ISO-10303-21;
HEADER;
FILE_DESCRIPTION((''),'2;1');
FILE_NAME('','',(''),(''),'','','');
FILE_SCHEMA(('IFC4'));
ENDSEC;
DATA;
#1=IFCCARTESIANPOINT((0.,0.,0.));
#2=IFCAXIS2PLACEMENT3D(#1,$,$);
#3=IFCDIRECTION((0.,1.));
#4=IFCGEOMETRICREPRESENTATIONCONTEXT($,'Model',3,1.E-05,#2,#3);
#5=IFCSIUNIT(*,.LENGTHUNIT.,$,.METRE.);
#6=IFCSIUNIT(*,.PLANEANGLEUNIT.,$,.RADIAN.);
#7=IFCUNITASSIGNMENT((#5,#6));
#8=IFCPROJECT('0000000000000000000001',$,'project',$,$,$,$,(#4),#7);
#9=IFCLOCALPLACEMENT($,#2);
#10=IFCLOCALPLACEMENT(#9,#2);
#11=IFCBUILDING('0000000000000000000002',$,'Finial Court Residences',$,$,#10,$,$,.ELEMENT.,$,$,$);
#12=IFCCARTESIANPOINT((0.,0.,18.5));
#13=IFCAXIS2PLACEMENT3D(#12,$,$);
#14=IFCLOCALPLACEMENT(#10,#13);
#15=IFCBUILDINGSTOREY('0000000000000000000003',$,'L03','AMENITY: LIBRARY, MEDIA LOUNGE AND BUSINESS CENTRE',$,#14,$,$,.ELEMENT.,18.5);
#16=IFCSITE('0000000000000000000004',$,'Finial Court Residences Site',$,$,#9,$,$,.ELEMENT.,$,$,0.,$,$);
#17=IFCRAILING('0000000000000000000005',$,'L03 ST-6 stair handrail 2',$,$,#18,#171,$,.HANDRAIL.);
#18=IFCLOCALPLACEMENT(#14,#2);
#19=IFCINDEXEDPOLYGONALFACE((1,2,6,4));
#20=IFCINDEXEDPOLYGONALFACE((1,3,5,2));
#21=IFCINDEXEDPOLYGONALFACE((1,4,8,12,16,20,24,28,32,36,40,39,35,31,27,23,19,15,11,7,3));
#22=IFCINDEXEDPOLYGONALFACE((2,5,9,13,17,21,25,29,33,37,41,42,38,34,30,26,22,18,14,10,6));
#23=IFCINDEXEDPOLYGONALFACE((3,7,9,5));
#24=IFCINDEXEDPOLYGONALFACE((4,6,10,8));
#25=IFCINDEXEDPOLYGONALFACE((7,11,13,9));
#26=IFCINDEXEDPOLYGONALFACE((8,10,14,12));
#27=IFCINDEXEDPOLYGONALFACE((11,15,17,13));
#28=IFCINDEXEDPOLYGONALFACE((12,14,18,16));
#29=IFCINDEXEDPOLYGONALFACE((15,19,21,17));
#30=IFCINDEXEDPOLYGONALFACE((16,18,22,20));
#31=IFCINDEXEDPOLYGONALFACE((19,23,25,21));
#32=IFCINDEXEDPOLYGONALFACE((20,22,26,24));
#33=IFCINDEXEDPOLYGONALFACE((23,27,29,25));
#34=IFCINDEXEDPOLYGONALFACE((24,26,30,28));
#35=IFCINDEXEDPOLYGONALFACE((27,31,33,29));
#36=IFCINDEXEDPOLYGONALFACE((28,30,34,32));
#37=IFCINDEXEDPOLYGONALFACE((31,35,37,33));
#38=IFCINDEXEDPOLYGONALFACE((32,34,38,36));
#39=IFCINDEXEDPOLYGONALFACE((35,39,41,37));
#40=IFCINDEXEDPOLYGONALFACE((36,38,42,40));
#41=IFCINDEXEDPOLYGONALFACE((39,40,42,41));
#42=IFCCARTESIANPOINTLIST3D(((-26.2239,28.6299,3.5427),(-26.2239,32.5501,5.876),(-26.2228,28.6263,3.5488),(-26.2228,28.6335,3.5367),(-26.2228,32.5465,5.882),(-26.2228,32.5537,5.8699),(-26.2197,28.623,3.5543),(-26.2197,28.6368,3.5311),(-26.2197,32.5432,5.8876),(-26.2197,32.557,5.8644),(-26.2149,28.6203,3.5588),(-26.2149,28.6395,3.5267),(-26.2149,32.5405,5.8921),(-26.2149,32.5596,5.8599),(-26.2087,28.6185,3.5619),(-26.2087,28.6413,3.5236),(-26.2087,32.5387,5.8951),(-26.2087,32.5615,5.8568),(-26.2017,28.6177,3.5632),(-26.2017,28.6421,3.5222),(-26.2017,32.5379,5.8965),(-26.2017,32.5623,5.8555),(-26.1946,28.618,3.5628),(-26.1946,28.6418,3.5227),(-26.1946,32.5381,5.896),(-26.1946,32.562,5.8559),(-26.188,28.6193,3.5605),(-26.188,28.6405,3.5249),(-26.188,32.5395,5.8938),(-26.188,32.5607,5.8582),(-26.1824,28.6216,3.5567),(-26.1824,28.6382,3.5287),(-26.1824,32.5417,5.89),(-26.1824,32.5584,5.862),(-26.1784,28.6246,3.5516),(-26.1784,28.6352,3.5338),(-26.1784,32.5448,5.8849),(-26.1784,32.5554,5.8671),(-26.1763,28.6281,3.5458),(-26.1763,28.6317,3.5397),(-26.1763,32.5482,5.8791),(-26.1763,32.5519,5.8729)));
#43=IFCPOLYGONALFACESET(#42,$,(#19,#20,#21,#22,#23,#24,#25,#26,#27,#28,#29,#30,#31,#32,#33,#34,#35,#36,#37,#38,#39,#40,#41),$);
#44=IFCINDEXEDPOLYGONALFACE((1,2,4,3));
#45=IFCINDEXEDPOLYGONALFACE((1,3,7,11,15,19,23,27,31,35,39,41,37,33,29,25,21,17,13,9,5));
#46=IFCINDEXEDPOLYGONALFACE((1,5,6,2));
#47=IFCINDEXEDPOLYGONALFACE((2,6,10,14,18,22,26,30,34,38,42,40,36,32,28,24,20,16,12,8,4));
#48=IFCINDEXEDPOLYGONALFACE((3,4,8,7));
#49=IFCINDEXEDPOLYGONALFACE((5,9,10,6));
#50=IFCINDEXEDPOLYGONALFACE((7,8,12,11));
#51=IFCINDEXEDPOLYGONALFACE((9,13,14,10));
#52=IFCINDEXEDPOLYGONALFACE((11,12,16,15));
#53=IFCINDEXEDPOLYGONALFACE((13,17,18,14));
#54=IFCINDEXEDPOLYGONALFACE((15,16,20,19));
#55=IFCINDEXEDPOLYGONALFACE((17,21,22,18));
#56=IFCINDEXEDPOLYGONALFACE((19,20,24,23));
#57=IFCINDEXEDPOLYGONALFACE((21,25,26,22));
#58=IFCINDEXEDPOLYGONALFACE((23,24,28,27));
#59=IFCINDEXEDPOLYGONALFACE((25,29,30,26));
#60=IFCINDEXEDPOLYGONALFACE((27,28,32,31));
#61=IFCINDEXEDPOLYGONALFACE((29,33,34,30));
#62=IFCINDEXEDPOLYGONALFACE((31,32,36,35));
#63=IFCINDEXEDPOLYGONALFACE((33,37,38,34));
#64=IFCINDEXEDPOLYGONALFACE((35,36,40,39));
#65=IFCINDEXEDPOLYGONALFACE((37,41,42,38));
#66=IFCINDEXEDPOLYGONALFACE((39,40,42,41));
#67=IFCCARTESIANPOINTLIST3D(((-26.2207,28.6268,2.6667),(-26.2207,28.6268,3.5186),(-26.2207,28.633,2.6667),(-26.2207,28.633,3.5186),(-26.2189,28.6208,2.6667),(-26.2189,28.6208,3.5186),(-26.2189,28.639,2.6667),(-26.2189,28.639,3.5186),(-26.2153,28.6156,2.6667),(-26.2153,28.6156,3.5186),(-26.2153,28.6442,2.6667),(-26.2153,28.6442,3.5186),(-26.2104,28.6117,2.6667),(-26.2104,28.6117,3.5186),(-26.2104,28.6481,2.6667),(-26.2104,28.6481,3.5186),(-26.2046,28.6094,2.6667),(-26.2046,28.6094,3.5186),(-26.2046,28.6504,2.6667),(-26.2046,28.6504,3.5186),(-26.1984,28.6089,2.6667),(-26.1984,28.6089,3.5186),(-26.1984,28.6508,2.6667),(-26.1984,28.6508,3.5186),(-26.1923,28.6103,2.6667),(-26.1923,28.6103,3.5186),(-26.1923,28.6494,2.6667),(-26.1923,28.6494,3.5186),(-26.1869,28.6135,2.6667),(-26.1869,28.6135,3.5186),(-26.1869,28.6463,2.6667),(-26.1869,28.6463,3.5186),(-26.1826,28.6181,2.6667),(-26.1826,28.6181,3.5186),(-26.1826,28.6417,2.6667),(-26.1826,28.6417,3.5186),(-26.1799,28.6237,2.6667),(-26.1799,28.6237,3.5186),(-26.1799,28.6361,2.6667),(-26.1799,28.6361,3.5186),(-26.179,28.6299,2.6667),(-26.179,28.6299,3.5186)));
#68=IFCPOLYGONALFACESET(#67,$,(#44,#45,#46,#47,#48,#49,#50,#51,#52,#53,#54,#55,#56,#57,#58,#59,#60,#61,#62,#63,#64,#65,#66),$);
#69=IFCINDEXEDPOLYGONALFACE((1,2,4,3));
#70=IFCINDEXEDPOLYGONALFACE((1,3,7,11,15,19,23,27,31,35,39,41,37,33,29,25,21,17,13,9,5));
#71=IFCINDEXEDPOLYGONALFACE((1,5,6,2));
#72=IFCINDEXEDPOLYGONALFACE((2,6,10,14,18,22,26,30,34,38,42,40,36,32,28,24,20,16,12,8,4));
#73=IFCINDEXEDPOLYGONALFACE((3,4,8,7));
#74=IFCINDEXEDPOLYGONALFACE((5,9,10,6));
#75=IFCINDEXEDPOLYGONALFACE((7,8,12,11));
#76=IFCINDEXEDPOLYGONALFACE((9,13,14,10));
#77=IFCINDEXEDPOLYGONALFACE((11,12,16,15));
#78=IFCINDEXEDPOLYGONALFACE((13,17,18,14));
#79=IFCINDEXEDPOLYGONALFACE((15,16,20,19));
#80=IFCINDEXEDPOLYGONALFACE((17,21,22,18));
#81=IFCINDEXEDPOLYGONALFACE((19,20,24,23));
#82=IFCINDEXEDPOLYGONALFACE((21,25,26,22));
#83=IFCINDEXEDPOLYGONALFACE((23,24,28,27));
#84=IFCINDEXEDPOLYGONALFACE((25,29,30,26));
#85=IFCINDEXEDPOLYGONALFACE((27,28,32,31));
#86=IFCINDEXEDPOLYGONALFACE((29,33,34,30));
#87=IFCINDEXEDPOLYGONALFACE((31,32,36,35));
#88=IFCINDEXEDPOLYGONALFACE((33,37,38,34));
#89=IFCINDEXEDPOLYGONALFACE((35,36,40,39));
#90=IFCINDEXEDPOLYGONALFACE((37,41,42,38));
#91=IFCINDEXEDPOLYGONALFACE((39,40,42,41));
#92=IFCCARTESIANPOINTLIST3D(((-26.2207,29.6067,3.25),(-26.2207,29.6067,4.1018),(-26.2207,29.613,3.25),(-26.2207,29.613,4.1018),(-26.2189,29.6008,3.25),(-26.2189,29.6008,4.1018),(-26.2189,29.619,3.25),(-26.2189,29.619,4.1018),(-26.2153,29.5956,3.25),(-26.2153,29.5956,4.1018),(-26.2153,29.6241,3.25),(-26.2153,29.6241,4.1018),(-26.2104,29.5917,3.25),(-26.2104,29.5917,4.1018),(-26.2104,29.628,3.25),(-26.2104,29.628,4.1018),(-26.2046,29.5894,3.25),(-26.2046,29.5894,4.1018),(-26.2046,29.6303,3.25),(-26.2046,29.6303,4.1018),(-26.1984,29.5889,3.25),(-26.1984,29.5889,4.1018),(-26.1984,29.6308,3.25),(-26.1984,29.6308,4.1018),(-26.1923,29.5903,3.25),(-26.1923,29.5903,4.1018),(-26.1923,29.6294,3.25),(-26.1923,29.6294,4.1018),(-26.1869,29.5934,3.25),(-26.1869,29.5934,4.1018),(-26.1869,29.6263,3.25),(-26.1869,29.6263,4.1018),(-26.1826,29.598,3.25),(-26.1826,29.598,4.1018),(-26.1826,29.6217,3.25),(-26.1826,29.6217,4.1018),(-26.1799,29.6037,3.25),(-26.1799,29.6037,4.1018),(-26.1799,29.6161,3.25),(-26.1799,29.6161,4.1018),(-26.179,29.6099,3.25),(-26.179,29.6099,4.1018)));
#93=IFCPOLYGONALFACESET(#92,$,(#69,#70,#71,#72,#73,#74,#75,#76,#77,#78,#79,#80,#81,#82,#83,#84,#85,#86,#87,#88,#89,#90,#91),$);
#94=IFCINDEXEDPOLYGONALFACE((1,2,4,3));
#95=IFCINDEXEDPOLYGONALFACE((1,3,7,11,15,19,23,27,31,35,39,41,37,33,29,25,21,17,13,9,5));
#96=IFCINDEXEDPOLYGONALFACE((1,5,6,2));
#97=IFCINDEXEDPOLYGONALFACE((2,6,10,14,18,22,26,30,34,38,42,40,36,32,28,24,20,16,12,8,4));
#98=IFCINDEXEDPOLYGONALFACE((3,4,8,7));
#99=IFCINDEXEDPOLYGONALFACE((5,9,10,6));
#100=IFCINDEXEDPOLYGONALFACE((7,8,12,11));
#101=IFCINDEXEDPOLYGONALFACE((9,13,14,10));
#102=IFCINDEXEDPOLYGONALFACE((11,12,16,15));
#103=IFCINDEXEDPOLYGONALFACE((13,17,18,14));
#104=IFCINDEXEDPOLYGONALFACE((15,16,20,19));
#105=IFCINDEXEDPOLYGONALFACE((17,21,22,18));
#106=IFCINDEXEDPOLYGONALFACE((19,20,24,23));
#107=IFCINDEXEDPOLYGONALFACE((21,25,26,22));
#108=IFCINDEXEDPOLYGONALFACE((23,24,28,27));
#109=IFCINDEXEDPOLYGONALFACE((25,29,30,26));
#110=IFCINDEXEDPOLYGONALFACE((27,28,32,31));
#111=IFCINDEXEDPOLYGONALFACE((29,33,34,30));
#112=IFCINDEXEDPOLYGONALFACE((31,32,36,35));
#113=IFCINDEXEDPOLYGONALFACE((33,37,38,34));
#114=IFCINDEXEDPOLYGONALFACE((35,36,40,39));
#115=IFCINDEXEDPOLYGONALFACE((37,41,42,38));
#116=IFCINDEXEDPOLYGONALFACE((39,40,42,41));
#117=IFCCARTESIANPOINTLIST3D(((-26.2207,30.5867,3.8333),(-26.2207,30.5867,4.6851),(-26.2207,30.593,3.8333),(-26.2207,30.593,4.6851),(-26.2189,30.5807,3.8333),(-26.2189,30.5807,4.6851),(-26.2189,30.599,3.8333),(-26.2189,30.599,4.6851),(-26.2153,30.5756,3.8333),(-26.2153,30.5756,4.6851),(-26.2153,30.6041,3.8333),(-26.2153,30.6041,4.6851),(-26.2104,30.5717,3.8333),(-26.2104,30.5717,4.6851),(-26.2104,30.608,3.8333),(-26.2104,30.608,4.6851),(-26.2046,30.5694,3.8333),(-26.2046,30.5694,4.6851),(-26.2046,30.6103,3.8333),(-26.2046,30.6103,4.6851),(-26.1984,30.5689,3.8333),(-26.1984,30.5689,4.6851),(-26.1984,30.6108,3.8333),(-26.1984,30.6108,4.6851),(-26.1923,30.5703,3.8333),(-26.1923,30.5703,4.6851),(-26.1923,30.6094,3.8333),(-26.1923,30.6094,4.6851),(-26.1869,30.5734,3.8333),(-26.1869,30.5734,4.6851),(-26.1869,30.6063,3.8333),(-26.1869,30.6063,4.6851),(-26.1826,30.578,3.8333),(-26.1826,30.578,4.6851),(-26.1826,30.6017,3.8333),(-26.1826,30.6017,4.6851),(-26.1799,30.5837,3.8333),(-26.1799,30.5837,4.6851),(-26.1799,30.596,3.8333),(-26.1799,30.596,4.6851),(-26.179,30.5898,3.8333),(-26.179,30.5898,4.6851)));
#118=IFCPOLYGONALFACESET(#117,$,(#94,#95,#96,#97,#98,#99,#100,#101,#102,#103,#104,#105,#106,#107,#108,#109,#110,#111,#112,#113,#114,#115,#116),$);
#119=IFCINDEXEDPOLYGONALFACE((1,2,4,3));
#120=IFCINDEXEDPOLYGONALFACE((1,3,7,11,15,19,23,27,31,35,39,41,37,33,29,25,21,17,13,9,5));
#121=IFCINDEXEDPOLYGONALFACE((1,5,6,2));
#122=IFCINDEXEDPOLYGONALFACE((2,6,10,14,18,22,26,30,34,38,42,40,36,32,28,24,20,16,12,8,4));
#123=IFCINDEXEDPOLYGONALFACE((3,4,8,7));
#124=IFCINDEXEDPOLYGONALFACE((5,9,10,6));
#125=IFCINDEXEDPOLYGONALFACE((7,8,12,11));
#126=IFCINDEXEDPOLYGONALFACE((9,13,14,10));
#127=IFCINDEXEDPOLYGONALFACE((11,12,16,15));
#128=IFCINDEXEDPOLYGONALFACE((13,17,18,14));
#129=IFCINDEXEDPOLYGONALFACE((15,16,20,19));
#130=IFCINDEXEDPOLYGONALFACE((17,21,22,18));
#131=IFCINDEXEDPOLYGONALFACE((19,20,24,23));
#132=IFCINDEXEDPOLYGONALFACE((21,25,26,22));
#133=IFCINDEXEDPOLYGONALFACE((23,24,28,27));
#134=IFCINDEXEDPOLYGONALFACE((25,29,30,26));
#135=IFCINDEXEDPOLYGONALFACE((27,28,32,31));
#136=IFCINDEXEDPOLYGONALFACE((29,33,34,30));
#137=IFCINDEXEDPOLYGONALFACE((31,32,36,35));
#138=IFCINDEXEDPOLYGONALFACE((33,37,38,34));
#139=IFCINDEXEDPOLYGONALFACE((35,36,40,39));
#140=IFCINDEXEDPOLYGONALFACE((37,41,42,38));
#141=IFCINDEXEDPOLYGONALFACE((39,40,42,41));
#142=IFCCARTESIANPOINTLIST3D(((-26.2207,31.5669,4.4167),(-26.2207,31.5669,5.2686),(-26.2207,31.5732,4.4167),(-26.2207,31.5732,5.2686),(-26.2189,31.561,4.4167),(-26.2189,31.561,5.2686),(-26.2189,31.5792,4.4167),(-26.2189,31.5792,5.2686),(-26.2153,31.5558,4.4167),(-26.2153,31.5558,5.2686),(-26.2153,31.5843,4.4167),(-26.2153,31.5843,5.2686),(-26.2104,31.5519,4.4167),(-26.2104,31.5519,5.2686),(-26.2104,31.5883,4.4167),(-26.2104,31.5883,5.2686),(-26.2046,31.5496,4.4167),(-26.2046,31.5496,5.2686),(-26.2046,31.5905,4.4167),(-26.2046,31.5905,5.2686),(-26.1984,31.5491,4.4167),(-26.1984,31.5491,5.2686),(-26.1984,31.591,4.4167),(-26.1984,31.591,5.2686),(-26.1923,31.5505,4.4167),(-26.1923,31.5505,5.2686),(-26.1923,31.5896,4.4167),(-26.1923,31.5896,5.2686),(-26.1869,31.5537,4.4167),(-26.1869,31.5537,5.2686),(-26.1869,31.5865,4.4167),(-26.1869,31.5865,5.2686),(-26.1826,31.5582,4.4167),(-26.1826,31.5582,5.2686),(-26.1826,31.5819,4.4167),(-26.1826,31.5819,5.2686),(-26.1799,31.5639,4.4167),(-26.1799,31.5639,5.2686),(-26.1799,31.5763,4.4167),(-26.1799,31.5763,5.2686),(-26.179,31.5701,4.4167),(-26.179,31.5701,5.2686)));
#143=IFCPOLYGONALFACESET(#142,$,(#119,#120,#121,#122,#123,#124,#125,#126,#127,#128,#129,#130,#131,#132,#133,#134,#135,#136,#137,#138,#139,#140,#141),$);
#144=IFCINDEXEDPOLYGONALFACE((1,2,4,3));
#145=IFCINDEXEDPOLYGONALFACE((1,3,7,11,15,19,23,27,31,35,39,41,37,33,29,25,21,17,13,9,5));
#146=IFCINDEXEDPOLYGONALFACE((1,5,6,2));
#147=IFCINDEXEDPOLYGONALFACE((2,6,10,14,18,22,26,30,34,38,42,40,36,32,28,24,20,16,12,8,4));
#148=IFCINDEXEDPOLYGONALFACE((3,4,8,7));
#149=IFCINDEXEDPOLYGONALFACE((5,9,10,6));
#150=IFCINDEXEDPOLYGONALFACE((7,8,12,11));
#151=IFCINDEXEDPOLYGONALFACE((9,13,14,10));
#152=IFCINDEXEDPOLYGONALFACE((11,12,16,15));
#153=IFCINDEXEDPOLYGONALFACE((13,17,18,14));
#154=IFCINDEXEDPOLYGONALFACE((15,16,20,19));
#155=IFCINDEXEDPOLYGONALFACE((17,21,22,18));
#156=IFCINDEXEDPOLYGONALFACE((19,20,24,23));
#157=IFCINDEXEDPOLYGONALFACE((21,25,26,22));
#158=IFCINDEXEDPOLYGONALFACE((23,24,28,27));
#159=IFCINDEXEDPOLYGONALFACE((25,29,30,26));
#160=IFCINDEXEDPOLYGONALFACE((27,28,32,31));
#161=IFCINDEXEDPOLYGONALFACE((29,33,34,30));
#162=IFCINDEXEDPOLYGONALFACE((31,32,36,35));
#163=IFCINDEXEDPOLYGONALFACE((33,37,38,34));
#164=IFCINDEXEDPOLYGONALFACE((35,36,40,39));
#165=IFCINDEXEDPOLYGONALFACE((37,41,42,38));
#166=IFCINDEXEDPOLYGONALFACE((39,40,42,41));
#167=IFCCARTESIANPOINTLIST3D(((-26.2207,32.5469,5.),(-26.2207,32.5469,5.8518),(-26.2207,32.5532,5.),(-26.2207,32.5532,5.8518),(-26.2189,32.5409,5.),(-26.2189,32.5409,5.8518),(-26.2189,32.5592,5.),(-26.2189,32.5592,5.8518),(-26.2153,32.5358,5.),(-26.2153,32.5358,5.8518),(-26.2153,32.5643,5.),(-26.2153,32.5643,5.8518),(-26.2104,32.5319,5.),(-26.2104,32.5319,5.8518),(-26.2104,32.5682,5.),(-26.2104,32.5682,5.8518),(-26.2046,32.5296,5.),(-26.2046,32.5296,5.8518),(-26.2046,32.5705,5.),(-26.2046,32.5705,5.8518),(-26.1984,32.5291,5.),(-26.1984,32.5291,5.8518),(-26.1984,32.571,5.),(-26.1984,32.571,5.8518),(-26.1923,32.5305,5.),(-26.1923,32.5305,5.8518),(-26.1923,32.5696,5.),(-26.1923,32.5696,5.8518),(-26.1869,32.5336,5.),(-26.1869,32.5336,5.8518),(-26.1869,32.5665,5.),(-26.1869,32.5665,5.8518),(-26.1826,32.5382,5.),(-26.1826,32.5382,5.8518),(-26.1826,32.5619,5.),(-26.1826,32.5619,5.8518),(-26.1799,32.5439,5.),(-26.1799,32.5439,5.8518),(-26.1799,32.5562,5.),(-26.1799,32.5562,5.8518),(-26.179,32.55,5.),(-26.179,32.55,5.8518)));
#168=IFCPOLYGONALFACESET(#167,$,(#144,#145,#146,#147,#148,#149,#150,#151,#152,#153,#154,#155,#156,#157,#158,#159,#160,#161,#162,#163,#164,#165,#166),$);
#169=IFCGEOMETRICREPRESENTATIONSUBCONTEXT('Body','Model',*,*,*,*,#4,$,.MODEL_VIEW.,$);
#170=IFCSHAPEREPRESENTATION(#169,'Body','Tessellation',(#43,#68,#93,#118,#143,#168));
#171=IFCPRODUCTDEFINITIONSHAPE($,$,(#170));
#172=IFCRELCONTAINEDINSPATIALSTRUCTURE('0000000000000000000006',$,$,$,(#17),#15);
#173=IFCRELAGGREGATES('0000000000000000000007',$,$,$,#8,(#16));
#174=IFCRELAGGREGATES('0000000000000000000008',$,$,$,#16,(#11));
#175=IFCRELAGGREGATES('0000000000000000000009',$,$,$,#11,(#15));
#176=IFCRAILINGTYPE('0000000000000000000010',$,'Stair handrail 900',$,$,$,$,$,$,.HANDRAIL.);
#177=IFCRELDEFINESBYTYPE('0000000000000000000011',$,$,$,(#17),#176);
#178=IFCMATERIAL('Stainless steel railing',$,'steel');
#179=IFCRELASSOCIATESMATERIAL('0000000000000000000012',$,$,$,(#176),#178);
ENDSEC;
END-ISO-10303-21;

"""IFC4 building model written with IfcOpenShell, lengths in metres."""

from ifc_helpers import new_model, si_unit, direction, frame, origin, origin_2d, place, context, subcontext, project, spatial, circle, extrude, material, type_object, element, save


model = new_model("IFC4")

# Units and contexts
model_context = context("Model", 3, precision=1e-05, world=origin(), true_north=direction((0.0, 1.0)))
body_context = subcontext(model_context, "Body", "Model", "MODEL_VIEW")
ifc_project = project(units=[si_unit("LENGTHUNIT", "METRE"), si_unit("PLANEANGLEUNIT", "RADIAN")], contexts=[model_context])

# Site, building, storey
site_placement = place(None, origin())
site = spatial("IfcSite", under=ifc_project, at=site_placement, Name="Finial Court Residences Site", CompositionType="ELEMENT", RefElevation=0.0)
building_placement = place(site_placement, origin())
building = spatial("IfcBuilding", under=site, at=building_placement, Name="Finial Court Residences", CompositionType="ELEMENT")
storey_placement = place(building_placement, frame((0.0, 0.0, 18.5)))
storey = spatial("IfcBuildingStorey", under=building, at=storey_placement, Name="L03", Description="AMENITY: LIBRARY, MEDIA LOUNGE AND BUSINESS CENTRE", CompositionType="ELEMENT", Elevation=18.5)

# Railing
ifc_material_1 = material(Name="Stainless steel railing", Category="steel")
railing_type = type_object("IfcRailingType", Name="Stair handrail 900", PredefinedType="HANDRAIL", material=ifc_material_1)
railing_placement = place(storey_placement, frame((-26.2, 28.6299, 2.6667)))
element("IfcRailing", 1, at=railing_placement, inside=storey, type_object=railing_type, Name="L03 ST-6 stair handrail 2", PredefinedType="HANDRAIL", context=body_context, shape_type="SweptSolid", body=[
    extrude(circle(Radius=0.0239, at=origin_2d()), frame((0.0, 0.0, 0.876), z_axis=(0.0, 0.85931, 0.511455), x_axis=(-1.0, 0.0, 0.0)), (0.0, 0.0, 1.0), 4.562),
    extrude(circle(Radius=0.021, at=origin_2d()), origin(), (0.0, 0.0, 1.0), 0.8518),
    extrude(circle(Radius=0.021, at=origin_2d()), frame((0.0, 0.98, 0.5833)), (0.0, 0.0, 1.0), 0.8518),
    extrude(circle(Radius=0.021, at=origin_2d()), frame((0.0, 1.96, 1.1665)), (0.0, 0.0, 1.0), 0.8518),
    extrude(circle(Radius=0.021, at=origin_2d()), frame((0.0, 2.9402, 1.75)), (0.0, 0.0, 1.0), 0.8518),
    extrude(circle(Radius=0.021, at=origin_2d()), frame((0.0, 3.9202, 2.3333)), (0.0, 0.0, 1.0), 0.8518),
])

save(model, "model.ifc")
